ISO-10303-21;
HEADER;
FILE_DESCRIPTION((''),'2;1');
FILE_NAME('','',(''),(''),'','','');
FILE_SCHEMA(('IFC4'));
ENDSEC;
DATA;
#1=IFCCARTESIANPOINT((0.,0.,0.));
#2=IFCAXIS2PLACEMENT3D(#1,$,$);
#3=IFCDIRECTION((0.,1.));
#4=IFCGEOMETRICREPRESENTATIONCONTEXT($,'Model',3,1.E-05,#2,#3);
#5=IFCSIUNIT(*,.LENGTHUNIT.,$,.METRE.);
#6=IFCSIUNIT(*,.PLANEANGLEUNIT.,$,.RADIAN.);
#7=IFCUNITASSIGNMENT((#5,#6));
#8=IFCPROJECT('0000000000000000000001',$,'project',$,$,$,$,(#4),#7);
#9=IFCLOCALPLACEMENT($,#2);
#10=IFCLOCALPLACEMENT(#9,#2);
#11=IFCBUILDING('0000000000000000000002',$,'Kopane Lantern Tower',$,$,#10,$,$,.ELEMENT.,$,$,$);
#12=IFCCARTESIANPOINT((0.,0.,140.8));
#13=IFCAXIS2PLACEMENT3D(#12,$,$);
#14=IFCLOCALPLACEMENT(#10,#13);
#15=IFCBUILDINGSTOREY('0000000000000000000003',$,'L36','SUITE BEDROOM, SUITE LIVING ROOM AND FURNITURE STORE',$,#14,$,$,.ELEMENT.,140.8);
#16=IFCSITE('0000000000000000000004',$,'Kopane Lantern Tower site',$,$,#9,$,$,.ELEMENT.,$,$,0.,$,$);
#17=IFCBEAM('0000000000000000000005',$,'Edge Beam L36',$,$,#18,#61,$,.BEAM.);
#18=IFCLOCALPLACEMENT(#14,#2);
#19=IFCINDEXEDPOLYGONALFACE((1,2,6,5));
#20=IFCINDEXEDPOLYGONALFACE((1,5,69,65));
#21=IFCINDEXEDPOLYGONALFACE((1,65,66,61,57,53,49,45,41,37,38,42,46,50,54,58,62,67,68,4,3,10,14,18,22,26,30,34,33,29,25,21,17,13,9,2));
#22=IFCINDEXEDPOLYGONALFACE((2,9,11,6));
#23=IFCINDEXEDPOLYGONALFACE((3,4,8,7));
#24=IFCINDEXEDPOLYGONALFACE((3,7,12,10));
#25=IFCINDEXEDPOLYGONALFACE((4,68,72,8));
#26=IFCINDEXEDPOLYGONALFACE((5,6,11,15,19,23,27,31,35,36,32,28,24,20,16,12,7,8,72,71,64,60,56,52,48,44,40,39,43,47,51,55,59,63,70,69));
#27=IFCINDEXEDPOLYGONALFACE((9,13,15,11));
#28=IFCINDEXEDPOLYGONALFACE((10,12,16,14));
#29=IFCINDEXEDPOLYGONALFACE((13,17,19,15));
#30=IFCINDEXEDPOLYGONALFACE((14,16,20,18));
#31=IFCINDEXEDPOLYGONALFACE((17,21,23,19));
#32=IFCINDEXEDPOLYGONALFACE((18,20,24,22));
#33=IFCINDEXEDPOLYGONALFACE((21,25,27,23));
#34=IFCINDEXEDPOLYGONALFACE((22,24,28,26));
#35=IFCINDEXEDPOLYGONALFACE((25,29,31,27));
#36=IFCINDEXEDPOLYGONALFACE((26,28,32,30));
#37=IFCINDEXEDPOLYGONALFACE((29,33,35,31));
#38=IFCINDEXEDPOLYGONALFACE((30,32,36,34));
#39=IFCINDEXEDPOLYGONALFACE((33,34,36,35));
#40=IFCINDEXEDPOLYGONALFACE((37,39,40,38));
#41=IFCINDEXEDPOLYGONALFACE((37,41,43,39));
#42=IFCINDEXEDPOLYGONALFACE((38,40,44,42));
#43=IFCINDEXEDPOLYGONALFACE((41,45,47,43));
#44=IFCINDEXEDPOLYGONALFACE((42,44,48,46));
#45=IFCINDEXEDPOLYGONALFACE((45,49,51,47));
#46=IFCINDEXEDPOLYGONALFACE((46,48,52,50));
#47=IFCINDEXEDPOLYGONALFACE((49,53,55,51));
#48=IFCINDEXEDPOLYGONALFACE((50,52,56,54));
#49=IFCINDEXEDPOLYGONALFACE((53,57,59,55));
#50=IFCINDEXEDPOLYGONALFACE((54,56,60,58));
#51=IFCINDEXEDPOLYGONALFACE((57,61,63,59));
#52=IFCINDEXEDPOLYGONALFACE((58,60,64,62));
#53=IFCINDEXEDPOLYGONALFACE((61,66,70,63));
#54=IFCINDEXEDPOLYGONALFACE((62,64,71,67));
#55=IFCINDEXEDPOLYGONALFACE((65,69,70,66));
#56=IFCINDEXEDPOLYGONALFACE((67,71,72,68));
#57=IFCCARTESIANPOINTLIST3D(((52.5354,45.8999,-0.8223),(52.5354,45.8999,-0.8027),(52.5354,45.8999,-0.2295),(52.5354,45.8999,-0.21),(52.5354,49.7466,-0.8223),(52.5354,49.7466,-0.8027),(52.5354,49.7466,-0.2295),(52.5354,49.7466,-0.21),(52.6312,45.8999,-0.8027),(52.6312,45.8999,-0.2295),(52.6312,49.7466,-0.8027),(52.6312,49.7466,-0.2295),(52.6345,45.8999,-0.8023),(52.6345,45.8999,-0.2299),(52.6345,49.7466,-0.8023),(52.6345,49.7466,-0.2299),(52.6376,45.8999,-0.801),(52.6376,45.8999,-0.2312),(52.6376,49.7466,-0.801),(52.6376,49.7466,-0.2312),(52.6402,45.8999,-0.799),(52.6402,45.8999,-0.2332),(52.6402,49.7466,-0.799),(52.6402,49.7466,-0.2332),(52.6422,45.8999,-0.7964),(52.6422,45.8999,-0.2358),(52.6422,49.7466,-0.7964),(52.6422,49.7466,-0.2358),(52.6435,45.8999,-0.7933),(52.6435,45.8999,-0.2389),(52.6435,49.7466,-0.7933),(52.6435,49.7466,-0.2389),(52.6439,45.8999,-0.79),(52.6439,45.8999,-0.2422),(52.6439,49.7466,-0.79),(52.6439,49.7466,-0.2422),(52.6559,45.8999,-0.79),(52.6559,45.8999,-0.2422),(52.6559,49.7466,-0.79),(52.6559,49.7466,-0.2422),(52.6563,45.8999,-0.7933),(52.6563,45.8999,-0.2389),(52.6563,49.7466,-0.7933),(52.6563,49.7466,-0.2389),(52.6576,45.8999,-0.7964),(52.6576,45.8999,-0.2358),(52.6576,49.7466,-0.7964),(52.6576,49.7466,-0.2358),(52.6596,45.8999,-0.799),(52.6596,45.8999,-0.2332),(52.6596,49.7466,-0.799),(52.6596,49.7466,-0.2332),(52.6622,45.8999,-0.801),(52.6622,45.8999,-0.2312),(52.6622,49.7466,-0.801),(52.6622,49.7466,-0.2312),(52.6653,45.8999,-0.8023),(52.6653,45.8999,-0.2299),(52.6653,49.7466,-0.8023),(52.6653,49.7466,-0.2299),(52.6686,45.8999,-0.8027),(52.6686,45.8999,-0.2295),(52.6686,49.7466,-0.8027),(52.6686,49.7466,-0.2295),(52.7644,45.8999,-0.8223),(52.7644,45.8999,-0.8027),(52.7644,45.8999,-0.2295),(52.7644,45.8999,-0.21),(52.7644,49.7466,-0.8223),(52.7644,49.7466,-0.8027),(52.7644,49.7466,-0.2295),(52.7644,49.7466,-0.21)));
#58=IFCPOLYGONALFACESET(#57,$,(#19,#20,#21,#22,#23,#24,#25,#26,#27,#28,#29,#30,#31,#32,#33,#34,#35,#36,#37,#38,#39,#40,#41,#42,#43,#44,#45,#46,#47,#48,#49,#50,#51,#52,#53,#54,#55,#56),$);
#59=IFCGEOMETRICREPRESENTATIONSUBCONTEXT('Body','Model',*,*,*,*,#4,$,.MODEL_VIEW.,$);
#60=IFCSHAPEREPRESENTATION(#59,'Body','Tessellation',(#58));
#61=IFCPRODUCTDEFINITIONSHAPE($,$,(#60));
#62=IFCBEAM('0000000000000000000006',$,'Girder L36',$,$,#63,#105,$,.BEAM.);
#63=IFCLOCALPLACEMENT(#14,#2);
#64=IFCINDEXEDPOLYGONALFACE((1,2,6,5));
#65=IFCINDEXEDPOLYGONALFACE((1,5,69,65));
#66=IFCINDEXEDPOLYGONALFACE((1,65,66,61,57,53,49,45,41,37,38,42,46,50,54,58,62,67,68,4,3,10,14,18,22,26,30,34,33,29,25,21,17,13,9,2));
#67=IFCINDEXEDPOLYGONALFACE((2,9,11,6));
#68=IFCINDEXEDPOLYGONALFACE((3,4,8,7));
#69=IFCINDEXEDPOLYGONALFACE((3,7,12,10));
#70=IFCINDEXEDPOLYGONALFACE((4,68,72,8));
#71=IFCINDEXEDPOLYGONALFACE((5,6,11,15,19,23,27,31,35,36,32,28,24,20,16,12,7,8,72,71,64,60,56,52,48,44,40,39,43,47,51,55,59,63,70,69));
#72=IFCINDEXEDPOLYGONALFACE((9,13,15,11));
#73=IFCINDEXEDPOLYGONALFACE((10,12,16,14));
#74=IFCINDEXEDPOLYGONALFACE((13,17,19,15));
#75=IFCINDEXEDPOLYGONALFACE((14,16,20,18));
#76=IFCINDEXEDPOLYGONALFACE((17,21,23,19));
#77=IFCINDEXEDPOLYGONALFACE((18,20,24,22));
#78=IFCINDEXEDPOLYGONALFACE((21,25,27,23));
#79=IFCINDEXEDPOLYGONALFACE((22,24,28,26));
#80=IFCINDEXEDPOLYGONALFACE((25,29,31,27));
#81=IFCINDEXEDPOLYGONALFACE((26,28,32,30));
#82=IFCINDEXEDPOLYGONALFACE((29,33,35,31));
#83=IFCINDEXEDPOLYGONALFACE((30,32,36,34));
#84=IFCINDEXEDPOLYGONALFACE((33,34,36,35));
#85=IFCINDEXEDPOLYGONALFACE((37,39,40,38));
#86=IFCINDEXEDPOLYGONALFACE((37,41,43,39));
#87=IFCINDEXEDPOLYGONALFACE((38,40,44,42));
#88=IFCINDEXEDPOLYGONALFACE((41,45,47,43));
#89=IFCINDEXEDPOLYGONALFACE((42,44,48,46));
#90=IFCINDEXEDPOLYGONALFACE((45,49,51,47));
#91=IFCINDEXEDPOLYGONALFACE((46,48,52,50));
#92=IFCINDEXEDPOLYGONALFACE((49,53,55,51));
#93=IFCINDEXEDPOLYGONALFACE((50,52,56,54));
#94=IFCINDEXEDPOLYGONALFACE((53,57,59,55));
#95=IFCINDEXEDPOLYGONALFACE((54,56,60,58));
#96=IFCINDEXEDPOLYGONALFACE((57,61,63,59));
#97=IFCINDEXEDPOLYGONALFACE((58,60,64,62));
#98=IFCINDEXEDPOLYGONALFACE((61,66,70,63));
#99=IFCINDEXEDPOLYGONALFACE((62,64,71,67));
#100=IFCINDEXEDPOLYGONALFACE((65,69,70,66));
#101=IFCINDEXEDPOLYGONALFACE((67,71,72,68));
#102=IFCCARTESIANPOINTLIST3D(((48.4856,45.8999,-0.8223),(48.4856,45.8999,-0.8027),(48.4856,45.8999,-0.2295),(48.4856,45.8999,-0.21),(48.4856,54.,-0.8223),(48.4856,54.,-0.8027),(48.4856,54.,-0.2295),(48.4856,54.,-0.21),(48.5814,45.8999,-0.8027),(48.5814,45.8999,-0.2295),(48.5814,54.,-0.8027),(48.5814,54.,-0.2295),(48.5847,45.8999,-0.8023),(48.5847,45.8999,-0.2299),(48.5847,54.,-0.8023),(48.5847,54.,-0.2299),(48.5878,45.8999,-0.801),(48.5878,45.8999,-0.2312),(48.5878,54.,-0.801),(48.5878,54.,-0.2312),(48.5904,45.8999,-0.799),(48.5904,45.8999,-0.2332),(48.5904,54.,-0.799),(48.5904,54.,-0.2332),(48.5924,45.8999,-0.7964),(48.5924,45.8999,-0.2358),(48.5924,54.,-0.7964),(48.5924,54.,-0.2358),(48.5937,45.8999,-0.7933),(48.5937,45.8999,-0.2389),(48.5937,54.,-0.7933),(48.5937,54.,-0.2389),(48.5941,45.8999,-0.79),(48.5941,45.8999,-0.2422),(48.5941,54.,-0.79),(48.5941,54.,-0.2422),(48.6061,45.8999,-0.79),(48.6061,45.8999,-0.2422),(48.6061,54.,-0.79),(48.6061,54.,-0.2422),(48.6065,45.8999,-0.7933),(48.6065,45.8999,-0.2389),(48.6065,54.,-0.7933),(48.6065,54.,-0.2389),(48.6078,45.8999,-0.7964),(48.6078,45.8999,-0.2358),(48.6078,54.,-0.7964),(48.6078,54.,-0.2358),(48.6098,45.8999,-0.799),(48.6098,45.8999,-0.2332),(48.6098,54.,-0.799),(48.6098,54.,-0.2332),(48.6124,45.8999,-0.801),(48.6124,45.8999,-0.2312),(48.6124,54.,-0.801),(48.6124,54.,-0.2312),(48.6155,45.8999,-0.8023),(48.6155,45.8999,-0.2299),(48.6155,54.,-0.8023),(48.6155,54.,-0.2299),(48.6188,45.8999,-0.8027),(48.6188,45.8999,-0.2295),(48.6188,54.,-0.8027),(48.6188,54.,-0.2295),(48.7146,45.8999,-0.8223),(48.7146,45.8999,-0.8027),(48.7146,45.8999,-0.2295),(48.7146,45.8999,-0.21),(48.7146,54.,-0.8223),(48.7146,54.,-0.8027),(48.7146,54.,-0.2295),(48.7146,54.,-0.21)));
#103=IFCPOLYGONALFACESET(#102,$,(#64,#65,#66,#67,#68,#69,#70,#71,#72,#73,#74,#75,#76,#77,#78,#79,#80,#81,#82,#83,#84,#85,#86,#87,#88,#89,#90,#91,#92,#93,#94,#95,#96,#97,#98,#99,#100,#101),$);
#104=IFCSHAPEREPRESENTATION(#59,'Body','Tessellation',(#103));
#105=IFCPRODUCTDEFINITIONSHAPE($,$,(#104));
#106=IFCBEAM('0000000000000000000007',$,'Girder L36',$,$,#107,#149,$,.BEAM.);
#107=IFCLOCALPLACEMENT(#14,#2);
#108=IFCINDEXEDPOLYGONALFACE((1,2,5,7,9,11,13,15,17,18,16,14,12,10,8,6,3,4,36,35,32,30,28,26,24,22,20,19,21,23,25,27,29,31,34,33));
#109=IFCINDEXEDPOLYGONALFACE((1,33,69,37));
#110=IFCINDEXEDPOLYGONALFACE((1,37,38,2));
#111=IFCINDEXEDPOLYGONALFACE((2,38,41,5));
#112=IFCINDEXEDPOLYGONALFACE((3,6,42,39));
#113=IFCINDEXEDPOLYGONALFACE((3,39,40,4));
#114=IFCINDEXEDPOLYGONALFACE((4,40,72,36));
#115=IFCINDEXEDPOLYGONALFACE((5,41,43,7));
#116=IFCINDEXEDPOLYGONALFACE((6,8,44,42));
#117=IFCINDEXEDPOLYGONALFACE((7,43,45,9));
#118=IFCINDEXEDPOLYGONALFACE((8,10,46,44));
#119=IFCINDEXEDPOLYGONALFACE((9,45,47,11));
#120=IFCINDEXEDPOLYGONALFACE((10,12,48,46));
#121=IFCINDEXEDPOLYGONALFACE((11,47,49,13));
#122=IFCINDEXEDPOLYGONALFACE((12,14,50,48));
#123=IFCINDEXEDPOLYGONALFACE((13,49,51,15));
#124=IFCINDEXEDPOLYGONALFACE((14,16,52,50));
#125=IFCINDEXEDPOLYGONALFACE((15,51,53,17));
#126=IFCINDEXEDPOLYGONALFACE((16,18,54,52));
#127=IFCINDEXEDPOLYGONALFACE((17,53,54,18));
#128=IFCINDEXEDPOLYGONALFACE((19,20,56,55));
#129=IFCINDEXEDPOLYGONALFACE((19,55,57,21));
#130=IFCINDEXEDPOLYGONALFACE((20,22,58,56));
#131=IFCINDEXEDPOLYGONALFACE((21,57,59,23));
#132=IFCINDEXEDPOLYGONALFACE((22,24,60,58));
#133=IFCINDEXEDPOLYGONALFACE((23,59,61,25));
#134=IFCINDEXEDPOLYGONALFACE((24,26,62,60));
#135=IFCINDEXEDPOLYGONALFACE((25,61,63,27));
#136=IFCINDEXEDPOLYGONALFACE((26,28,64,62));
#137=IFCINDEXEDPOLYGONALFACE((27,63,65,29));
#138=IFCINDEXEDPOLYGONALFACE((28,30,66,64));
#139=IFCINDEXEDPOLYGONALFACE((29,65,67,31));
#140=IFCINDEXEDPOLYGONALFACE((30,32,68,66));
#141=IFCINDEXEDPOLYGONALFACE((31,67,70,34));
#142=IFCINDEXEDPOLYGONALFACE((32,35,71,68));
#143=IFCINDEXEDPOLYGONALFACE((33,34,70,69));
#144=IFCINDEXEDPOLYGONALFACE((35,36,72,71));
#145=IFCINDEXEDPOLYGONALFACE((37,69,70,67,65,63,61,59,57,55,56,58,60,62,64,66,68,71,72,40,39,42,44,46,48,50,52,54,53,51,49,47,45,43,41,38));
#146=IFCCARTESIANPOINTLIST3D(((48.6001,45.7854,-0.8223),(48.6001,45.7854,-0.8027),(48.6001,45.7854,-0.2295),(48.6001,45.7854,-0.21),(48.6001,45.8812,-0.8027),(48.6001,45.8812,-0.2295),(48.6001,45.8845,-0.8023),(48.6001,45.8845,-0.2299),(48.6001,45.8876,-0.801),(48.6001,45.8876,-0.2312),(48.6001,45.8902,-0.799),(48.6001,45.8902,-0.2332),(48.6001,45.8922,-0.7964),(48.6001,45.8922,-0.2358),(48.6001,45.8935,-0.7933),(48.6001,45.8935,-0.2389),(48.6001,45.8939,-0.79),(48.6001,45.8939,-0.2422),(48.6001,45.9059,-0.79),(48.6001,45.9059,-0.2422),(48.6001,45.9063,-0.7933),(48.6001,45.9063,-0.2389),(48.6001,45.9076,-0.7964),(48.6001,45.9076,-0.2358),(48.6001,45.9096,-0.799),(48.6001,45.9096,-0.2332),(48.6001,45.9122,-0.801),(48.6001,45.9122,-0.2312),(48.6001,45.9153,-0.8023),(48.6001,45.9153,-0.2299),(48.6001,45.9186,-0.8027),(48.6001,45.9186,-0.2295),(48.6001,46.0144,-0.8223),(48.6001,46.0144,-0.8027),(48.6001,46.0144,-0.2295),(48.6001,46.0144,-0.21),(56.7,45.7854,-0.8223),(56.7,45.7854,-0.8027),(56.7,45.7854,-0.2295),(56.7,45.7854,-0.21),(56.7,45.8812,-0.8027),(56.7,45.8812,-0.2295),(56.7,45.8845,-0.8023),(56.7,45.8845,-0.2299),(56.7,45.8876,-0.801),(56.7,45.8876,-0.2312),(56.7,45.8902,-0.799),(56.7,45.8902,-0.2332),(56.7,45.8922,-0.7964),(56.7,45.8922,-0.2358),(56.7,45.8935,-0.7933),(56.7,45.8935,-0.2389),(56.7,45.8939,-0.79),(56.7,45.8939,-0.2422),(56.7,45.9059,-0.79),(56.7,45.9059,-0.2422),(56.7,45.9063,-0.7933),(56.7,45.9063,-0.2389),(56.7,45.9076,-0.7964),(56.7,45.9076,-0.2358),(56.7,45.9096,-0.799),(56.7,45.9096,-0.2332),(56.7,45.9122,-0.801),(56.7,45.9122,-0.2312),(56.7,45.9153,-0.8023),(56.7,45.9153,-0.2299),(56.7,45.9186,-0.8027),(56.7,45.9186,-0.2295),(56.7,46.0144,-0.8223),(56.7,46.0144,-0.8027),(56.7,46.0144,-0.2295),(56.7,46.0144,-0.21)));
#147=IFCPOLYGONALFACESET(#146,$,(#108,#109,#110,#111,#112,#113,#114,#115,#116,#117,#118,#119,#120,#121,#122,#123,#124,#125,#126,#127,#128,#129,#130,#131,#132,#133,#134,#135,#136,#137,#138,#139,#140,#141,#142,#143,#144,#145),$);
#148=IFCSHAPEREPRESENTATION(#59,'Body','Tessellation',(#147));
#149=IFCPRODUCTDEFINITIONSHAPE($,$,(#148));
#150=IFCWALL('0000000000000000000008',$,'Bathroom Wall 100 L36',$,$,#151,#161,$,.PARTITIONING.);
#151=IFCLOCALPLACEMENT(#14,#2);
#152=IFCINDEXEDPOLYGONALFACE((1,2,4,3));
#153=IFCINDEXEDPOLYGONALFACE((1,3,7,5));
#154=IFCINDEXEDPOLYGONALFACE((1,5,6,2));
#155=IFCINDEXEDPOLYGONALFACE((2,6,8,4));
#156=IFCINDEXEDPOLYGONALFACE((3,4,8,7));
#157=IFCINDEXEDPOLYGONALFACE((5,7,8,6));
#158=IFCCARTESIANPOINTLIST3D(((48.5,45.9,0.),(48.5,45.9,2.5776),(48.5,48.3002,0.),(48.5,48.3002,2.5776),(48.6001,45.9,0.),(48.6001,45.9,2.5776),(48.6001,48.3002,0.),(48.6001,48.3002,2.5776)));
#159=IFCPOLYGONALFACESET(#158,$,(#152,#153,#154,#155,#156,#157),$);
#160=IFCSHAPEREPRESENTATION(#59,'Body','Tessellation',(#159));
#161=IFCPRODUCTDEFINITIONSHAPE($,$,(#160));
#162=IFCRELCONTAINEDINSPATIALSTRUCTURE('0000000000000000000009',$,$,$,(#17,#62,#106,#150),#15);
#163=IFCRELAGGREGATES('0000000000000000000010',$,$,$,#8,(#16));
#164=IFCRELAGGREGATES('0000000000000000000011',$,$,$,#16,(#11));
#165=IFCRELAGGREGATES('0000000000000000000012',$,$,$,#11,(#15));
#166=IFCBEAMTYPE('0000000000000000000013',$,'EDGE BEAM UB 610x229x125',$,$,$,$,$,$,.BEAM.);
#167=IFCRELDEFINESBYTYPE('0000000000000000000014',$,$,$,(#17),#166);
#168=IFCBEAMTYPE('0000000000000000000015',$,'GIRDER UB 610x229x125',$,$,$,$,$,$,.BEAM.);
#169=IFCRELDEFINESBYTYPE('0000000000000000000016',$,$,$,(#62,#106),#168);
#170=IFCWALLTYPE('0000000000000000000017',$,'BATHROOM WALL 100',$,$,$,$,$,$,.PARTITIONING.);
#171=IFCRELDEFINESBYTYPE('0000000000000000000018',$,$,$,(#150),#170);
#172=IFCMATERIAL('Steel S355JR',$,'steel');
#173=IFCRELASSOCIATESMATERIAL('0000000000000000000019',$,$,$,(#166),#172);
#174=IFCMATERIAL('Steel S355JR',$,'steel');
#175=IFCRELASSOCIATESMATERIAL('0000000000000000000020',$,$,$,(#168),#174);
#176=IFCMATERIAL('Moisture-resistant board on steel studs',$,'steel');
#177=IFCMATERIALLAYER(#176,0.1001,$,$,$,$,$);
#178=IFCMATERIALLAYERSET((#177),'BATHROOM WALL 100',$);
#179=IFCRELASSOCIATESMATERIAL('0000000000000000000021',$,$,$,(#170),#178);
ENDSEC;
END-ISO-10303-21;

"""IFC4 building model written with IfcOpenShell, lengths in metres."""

from ifc_helpers import new_model, si_unit, direction, frame, frame_2d, origin, origin_2d, place, context, subcontext, project, spatial, rectangle, i_section, extrude, material, layer, layer_set, material_profile, profile_set, type_object, element, save


model = new_model("IFC4")

# Units and contexts
model_context = context("Model", 3, precision=1e-05, world=origin(), true_north=direction((0.0, 1.0)))
body_context = subcontext(model_context, "Body", "Model", "MODEL_VIEW")
ifc_project = project(units=[si_unit("LENGTHUNIT", "METRE"), si_unit("PLANEANGLEUNIT", "RADIAN")], contexts=[model_context])

# Site, building, storey
site_placement = place(None, origin())
site = spatial("IfcSite", under=ifc_project, at=site_placement, Name="Kopane Lantern Tower site", CompositionType="ELEMENT", RefElevation=0.0)
building_placement = place(site_placement, origin())
building = spatial("IfcBuilding", under=site, at=building_placement, Name="Kopane Lantern Tower", CompositionType="ELEMENT")
storey_placement = place(building_placement, frame((0.0, 0.0, 140.8)))
storey = spatial("IfcBuildingStorey", under=building, at=storey_placement, Name="L36", Description="SUITE BEDROOM, SUITE LIVING ROOM AND FURNITURE STORE", CompositionType="ELEMENT", Elevation=140.8)

# Beams
ifc_material_1 = material(Name="Steel S355JR", Category="steel")
ifc_material_profile_1 = material_profile(ifc_material_1, i_section(OverallWidth=0.229, OverallDepth=0.6123, WebThickness=0.012, FlangeThickness=0.0195, FilletRadius=0.0127, at=origin_2d()), Name="UB 610x229x125")
ifc_profile_set_1 = profile_set([ifc_material_profile_1], Name="Steel S355JR")
beam_type_1 = type_object("IfcBeamType", Name="EDGE BEAM UB 610x229x125", PredefinedType="BEAM", material=ifc_profile_set_1)
beam_1_placement = place(storey_placement, frame((52.6499, 49.7466, -0.5161), z_axis=(0.0, -1.0, 0.0), x_axis=(1.0, 0.0, 0.0)))
element("IfcBeam", 1, at=beam_1_placement, inside=storey, type_object=beam_type_1, Name="Edge Beam L36", PredefinedType="BEAM", context=body_context, shape_type="SweptSolid", body=[
    extrude(i_section(OverallWidth=0.229, OverallDepth=0.6123, WebThickness=0.012, FlangeThickness=0.0195, FilletRadius=0.0127, at=origin_2d()), origin(), (0.0, 0.0, 1.0), 3.8467),
])
ifc_material_2 = material(Name="Steel S355JR", Category="steel")
ifc_material_profile_2 = material_profile(ifc_material_2, i_section(OverallWidth=0.229, OverallDepth=0.6123, WebThickness=0.012, FlangeThickness=0.0195, FilletRadius=0.0127, at=origin_2d()), Name="UB 610x229x125")
ifc_profile_set_2 = profile_set([ifc_material_profile_2], Name="Steel S355JR")
beam_type_2 = type_object("IfcBeamType", Name="GIRDER UB 610x229x125", PredefinedType="BEAM", material=ifc_profile_set_2)
beam_2_placement = place(storey_placement, frame((48.6001, 45.8999, -0.5161), z_axis=(0.0, 1.0, 0.0), x_axis=(-1.0, 0.0, 0.0)))
element("IfcBeam", 2, at=beam_2_placement, inside=storey, type_object=beam_type_2, Name="Girder L36", PredefinedType="BEAM", context=body_context, shape_type="SweptSolid", body=[
    extrude(i_section(OverallWidth=0.229, OverallDepth=0.6123, WebThickness=0.012, FlangeThickness=0.0195, FilletRadius=0.0127, at=origin_2d()), origin(), (0.0, 0.0, 1.0), 8.1001),
])
beam_3_placement = place(storey_placement, frame((48.6001, 45.8999, -0.5161), z_axis=(1.0, 0.0, 0.0), x_axis=(0.0, 1.0, 0.0)))
element("IfcBeam", 3, at=beam_3_placement, inside=storey, type_object=beam_type_2, Name="Girder L36", PredefinedType="BEAM", context=body_context, shape_type="SweptSolid", body=[
    extrude(i_section(OverallWidth=0.229, OverallDepth=0.6123, WebThickness=0.012, FlangeThickness=0.0195, FilletRadius=0.0127, at=origin_2d()), origin(), (0.0, 0.0, 1.0), 8.0999),
])

# Wall
ifc_material_3 = material(Name="Moisture-resistant board on steel studs", Category="steel")
ifc_layer_1 = layer(ifc_material_3, 0.1001)
ifc_layer_set_1 = layer_set([ifc_layer_1], Name="BATHROOM WALL 100")
wall_type_1 = type_object("IfcWallType", Name="BATHROOM WALL 100", PredefinedType="PARTITIONING", material=ifc_layer_set_1)
wall_1_placement = place(storey_placement, frame((48.55, 45.8999, 0.0), z_axis=(0.0, 0.0, 1.0), x_axis=(0.0, 1.0, 0.0)))
element("IfcWall", 4, at=wall_1_placement, inside=storey, type_object=wall_type_1, Name="Bathroom Wall 100 L36", PredefinedType="PARTITIONING", context=body_context, shape_type="SweptSolid", body=[
    extrude(rectangle(XDim=2.4001, YDim=0.1001, at=frame_2d((1.2002, 0.0))), origin(), (0.0, 0.0, 1.0), 2.5776),
])

save(model, "model.ifc")
